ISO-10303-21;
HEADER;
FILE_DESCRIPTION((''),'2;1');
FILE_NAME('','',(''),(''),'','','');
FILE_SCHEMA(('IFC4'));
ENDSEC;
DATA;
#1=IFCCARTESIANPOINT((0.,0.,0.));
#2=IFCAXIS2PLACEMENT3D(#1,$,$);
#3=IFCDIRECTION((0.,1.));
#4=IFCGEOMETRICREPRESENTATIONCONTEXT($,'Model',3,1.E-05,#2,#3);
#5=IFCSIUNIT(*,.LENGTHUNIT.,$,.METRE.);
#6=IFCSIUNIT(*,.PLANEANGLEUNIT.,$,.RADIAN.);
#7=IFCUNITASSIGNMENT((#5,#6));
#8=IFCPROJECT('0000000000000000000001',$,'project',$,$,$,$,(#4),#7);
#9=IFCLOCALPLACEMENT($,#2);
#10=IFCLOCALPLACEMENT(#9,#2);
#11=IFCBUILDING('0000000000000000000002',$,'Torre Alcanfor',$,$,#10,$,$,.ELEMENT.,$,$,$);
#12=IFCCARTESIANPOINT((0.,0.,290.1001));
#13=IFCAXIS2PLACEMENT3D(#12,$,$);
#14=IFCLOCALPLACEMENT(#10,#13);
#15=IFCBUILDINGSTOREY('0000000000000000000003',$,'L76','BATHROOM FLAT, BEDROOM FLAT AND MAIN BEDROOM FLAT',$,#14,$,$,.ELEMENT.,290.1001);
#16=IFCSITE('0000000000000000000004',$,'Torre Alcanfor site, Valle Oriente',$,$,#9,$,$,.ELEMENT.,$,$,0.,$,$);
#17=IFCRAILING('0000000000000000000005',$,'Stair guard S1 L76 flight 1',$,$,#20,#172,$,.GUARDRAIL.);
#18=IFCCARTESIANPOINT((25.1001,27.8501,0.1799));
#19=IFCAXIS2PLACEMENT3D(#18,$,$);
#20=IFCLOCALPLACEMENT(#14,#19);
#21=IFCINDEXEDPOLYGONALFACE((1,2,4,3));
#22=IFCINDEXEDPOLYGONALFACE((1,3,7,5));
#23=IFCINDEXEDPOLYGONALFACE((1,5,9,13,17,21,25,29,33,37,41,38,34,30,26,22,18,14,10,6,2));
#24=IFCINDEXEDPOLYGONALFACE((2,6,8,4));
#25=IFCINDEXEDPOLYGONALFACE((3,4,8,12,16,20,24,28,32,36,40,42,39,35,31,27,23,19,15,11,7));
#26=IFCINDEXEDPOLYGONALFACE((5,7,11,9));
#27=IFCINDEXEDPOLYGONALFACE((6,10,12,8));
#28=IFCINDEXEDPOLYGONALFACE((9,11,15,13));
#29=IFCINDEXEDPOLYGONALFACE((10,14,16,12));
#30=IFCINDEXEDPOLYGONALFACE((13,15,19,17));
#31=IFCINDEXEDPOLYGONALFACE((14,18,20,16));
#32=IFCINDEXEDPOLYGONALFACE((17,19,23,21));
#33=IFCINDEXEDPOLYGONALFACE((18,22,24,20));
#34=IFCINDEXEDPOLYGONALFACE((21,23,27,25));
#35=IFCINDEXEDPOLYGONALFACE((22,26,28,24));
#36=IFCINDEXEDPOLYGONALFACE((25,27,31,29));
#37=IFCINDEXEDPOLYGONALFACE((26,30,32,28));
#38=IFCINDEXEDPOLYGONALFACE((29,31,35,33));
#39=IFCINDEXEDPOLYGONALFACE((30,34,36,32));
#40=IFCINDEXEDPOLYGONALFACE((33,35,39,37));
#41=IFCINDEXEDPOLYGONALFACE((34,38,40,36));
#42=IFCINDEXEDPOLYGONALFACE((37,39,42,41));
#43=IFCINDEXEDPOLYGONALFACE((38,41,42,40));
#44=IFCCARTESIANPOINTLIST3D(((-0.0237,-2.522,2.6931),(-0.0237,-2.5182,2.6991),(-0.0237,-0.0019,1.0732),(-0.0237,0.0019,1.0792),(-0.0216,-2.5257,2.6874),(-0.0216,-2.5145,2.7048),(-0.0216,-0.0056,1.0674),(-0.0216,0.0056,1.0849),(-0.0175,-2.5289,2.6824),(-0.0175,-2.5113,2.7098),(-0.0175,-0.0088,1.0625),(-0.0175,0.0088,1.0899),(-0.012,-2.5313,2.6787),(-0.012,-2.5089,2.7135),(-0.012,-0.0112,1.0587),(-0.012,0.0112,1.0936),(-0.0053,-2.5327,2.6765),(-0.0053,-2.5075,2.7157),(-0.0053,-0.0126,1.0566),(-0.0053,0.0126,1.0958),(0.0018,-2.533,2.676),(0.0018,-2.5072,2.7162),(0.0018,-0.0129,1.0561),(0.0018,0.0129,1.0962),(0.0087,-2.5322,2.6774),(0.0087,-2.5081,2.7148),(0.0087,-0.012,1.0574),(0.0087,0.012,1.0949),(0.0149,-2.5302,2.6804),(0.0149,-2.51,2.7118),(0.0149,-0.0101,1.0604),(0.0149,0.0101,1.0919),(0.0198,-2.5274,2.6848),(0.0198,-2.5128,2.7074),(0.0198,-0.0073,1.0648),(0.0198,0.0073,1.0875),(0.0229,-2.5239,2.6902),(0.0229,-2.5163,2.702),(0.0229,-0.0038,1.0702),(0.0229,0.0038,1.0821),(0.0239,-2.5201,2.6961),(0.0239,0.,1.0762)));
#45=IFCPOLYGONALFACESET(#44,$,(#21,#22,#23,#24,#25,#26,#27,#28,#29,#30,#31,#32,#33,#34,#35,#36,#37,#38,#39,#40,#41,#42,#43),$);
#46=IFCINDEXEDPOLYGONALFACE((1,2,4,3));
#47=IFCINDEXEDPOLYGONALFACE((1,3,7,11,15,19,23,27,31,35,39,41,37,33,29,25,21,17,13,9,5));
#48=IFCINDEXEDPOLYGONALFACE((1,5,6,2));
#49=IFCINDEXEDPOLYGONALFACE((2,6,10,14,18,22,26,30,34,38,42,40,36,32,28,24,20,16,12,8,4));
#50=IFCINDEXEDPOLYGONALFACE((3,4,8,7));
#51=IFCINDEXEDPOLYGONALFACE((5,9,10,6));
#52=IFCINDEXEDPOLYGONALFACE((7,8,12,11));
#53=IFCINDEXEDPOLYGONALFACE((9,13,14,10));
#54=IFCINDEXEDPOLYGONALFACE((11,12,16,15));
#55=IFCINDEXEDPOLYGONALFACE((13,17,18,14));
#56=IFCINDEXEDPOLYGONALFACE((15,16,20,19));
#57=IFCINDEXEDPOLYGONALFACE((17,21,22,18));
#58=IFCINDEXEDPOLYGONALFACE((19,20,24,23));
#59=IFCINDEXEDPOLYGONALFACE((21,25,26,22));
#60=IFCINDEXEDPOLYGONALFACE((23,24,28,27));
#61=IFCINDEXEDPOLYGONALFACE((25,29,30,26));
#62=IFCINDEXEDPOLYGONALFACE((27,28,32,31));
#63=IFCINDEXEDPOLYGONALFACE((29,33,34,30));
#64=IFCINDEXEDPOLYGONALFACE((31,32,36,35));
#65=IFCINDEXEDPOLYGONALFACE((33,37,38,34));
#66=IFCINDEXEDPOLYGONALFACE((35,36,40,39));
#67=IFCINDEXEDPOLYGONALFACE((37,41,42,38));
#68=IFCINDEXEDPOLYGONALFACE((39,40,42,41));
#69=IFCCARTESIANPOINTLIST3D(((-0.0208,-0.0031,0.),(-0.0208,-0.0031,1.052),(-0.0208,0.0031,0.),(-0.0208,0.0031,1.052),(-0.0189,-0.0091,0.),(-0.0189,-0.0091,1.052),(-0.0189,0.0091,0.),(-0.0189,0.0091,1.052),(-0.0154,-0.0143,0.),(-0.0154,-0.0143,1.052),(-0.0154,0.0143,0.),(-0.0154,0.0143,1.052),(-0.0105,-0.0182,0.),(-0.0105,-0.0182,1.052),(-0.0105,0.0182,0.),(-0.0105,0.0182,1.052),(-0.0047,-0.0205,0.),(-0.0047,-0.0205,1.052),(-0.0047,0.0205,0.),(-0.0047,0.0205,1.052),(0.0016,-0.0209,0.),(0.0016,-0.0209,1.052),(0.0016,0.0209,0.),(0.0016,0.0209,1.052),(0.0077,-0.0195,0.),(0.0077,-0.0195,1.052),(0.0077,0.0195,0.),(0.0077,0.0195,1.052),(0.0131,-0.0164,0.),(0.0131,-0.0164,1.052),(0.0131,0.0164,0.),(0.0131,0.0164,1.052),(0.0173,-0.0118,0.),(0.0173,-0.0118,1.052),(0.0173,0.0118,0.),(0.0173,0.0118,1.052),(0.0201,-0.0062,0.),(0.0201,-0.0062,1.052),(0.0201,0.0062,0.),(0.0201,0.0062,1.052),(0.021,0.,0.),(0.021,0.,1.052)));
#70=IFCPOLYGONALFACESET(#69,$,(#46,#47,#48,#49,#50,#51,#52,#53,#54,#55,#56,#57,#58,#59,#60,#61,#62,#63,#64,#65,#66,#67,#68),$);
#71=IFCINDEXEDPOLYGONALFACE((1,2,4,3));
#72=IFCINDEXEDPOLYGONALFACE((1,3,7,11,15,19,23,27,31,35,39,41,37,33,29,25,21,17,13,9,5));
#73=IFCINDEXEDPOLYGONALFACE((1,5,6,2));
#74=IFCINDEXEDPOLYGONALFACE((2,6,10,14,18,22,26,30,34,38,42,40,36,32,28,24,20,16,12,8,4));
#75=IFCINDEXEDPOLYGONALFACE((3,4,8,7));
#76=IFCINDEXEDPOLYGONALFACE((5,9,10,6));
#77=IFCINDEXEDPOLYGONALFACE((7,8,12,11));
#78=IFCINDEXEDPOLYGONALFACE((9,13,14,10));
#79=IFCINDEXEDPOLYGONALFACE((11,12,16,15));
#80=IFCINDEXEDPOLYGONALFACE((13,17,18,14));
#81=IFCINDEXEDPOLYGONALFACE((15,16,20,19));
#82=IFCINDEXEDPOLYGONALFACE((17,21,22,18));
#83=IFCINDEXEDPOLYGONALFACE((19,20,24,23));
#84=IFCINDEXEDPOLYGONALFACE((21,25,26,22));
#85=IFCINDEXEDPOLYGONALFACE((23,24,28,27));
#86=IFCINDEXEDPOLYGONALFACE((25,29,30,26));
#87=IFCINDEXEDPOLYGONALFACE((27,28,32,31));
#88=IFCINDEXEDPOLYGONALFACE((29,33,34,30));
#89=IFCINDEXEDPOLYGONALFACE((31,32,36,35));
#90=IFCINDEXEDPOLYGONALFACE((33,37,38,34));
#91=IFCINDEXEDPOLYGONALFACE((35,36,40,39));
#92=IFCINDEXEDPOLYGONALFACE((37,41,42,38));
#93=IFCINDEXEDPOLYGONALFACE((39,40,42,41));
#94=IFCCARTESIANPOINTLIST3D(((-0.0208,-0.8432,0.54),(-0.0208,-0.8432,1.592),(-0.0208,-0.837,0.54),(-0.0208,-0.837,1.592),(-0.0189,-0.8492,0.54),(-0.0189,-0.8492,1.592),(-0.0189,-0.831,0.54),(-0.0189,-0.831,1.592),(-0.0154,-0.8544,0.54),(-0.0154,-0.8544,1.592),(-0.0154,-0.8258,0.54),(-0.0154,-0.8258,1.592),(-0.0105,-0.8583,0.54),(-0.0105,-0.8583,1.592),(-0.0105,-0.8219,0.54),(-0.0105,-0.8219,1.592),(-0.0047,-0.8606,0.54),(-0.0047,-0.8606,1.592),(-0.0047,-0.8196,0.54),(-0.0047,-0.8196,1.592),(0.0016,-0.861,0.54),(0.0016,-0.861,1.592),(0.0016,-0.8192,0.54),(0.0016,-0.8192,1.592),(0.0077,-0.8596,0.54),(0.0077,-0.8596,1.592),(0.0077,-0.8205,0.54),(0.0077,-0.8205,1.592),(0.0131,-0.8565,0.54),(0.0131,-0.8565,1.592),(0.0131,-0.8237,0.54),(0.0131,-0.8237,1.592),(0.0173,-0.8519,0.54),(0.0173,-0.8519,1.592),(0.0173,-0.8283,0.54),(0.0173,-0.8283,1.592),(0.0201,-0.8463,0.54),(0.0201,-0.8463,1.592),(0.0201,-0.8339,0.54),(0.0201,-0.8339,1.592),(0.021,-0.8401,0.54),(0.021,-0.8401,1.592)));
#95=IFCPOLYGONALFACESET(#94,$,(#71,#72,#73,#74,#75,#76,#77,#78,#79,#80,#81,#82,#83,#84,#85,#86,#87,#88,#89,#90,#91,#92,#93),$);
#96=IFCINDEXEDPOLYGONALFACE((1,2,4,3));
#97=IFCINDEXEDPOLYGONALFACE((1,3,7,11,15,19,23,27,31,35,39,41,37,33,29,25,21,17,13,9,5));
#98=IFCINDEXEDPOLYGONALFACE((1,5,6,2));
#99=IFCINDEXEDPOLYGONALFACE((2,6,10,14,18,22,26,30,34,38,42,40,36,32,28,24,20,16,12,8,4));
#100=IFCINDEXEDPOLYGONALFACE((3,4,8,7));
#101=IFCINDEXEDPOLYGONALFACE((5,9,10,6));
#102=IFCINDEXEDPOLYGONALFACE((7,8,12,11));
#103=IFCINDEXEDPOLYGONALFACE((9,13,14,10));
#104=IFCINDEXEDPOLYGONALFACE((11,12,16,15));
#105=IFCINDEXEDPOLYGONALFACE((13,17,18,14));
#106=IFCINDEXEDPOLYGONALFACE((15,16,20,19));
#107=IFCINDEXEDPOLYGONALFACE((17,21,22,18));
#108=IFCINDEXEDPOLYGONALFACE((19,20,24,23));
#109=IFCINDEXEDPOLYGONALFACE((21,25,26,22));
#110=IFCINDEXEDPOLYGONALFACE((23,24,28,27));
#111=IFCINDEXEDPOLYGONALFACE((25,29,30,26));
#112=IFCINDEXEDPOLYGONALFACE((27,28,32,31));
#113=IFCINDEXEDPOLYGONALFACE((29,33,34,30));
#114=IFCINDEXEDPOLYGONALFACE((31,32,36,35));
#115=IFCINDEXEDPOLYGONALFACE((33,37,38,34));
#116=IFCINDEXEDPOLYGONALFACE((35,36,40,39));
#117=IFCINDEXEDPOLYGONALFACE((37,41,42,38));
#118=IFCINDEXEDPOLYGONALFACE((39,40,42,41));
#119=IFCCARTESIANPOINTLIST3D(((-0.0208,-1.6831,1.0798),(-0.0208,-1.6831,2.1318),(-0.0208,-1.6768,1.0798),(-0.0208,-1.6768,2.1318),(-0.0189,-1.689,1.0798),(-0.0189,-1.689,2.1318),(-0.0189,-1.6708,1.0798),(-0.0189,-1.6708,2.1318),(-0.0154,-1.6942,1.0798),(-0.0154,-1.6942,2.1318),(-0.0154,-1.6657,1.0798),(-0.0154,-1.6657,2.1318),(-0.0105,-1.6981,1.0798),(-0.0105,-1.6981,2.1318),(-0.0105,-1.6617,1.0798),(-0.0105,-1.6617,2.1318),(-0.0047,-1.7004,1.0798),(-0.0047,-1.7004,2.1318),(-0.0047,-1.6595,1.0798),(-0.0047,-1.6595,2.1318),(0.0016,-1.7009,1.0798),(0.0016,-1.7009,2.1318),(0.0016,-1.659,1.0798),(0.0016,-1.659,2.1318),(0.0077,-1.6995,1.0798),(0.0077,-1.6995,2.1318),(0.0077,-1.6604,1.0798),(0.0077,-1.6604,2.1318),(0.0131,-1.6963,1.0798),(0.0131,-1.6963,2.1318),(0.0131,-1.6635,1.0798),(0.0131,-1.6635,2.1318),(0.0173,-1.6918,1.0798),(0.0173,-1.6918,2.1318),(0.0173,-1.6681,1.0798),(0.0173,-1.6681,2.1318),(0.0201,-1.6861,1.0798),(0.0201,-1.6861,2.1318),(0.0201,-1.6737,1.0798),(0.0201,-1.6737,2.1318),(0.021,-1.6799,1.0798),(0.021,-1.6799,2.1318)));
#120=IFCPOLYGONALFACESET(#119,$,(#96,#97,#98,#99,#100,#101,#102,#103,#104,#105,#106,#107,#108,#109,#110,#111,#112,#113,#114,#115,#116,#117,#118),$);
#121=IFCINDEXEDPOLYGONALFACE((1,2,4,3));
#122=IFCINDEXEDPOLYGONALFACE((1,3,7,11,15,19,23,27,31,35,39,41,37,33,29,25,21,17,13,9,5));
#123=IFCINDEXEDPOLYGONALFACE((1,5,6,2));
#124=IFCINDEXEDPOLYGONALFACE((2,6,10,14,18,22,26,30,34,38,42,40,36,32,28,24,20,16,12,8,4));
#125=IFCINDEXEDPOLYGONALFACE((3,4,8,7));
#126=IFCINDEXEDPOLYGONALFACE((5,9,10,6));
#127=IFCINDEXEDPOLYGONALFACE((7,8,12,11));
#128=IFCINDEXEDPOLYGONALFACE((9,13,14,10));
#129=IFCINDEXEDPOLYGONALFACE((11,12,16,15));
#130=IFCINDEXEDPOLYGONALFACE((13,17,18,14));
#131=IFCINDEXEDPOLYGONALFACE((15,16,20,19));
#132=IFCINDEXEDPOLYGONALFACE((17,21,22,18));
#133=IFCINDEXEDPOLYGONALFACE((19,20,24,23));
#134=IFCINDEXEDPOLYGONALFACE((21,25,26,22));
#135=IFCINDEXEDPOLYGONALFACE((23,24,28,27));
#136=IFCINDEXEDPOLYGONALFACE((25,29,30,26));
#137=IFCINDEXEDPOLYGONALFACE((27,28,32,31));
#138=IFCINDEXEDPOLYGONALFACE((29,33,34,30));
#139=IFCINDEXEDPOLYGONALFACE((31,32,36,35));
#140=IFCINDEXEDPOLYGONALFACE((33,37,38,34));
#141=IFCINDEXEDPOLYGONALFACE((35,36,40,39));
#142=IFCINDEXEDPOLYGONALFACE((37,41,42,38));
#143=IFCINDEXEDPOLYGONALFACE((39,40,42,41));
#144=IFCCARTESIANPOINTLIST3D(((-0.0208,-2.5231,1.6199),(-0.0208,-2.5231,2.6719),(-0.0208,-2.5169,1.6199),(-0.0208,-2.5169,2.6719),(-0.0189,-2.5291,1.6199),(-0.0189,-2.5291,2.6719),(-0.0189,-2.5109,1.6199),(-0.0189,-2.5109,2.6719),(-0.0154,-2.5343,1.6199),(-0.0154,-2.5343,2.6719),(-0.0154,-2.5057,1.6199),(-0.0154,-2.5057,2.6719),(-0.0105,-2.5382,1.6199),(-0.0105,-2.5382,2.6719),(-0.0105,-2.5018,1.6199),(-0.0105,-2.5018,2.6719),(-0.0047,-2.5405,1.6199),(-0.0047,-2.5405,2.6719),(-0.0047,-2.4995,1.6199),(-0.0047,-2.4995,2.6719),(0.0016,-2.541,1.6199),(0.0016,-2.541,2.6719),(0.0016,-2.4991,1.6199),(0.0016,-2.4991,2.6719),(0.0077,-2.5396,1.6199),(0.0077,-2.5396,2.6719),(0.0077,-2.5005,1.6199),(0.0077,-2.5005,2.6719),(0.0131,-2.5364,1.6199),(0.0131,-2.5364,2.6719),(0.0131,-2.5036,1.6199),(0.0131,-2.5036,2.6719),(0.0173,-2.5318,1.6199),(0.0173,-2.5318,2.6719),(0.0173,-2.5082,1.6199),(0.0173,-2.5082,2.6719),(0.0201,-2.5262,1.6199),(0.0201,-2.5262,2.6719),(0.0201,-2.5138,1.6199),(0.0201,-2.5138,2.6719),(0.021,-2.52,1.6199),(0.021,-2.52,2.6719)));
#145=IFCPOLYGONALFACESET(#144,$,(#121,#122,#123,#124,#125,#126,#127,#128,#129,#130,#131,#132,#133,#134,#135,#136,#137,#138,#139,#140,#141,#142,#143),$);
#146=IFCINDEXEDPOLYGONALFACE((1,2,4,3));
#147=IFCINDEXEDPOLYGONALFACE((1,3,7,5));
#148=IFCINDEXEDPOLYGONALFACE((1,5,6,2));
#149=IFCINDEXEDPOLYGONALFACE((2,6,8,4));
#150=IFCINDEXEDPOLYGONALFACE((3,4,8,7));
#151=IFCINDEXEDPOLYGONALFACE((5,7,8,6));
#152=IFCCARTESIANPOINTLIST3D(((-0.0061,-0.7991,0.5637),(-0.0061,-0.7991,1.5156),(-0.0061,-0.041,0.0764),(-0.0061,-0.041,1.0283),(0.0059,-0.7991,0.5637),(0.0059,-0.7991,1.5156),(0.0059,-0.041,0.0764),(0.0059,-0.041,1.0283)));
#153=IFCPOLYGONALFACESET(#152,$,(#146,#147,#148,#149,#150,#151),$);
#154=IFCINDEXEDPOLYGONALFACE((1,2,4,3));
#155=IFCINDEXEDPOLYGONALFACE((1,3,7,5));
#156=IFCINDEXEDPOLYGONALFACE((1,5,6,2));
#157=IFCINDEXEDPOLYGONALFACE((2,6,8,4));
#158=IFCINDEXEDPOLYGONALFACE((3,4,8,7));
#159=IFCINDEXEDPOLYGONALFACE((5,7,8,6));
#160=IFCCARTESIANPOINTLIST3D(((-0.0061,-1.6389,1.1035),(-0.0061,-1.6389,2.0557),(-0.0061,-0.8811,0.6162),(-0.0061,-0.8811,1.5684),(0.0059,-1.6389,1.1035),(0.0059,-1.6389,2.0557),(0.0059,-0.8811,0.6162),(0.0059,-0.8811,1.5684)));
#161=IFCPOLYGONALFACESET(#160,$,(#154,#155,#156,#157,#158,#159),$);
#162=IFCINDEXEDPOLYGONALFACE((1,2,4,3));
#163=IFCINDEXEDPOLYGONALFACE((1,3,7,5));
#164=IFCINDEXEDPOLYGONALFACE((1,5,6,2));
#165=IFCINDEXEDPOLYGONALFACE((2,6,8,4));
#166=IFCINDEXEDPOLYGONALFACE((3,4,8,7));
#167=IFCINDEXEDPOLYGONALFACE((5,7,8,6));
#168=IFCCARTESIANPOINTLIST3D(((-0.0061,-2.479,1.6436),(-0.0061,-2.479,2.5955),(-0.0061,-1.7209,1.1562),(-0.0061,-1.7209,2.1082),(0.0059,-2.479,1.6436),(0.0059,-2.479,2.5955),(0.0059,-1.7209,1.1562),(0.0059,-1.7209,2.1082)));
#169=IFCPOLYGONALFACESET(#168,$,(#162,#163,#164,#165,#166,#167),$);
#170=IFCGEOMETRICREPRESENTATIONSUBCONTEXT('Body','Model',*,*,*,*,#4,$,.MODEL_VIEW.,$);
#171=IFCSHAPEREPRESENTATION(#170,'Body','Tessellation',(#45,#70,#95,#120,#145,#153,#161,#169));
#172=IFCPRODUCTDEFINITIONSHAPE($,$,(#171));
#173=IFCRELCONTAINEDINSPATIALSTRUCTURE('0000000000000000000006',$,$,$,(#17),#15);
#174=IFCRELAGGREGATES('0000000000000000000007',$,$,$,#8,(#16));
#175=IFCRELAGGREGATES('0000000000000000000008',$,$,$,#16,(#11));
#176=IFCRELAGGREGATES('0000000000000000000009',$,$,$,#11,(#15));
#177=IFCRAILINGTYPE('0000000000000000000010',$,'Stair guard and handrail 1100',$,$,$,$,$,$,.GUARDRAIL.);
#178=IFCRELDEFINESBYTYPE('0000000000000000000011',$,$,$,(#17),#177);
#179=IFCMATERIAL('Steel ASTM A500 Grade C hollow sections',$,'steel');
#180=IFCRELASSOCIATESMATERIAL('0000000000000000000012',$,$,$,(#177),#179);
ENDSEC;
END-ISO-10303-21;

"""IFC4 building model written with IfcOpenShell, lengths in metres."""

from ifc_helpers import new_model, si_unit, direction, frame, origin, origin_2d, place, context, subcontext, project, spatial, polyline, circle, outline, extrude, material, type_object, element, save


model = new_model("IFC4")

# Units and contexts
model_context = context("Model", 3, precision=1e-05, world=origin(), true_north=direction((0.0, 1.0)))
body_context = subcontext(model_context, "Body", "Model", "MODEL_VIEW")
ifc_project = project(units=[si_unit("LENGTHUNIT", "METRE"), si_unit("PLANEANGLEUNIT", "RADIAN")], contexts=[model_context])

# Site, building, storey
site_placement = place(None, origin())
site = spatial("IfcSite", under=ifc_project, at=site_placement, Name="Torre Alcanfor site, Valle Oriente", CompositionType="ELEMENT", RefElevation=0.0)
building_placement = place(site_placement, origin())
building = spatial("IfcBuilding", under=site, at=building_placement, Name="Torre Alcanfor", CompositionType="ELEMENT")
storey_placement = place(building_placement, frame((0.0, 0.0, 290.1001)))
storey = spatial("IfcBuildingStorey", under=building, at=storey_placement, Name="L76", Description="BATHROOM FLAT, BEDROOM FLAT AND MAIN BEDROOM FLAT", CompositionType="ELEMENT", Elevation=290.1001)

# Railing
ifc_material_1 = material(Name="Steel ASTM A500 Grade C hollow sections", Category="steel")
railing_type_1 = type_object("IfcRailingType", Name="Stair guard and handrail 1100", PredefinedType="GUARDRAIL", material=ifc_material_1)
railing_1_placement = place(storey_placement, frame((25.1001, 27.8501, 0.1799)))
element("IfcRailing", 1, at=railing_1_placement, inside=storey, type_object=railing_type_1, Name="Stair guard S1 L76 flight 1", PredefinedType="GUARDRAIL", context=body_context, shape_type="SweptSolid", body=[
    extrude(circle(Radius=0.0239, at=origin_2d()), frame((0.0, 0.0, 1.0762), z_axis=(0.0, -0.8412, 0.540725), x_axis=(1.0, 0.0, 0.0)), (0.0, 0.0, 1.0), 2.9958),
    extrude(circle(Radius=0.021, at=origin_2d()), origin(), (0.0, 0.0, 1.0), 1.052),
    extrude(circle(Radius=0.021, at=origin_2d()), frame((0.0, -0.8401, 0.54)), (0.0, 0.0, 1.0), 1.052),
    extrude(circle(Radius=0.021, at=origin_2d()), frame((0.0, -1.6799, 1.0798)), (0.0, 0.0, 1.0), 1.052),
    extrude(circle(Radius=0.021, at=origin_2d()), frame((0.0, -2.52, 1.6199)), (0.0, 0.0, 1.0), 1.052),
    extrude(outline(polyline([(0.041, 0.0764), (0.7991, 0.5637), (0.7991, 1.5156), (0.041, 1.0283), (0.041, 0.0764)])), frame((0.0059, 0.0, 0.0), z_axis=(-1.0, 0.0, 0.0), x_axis=(0.0, -1.0, 0.0)), (0.0, 0.0, 1.0), 0.012),
    extrude(outline(polyline([(0.8811, 0.6162), (1.6389, 1.1035), (1.6389, 2.0557), (0.8811, 1.5684), (0.8811, 0.6162)])), frame((0.0059, 0.0, 0.0), z_axis=(-1.0, 0.0, 0.0), x_axis=(0.0, -1.0, 0.0)), (0.0, 0.0, 1.0), 0.012),
    extrude(outline(polyline([(1.7209, 1.1562), (2.479, 1.6436), (2.479, 2.5955), (1.7209, 2.1082), (1.7209, 1.1562)])), frame((0.0059, 0.0, 0.0), z_axis=(-1.0, 0.0, 0.0), x_axis=(0.0, -1.0, 0.0)), (0.0, 0.0, 1.0), 0.012),
])

save(model, "model.ifc")
